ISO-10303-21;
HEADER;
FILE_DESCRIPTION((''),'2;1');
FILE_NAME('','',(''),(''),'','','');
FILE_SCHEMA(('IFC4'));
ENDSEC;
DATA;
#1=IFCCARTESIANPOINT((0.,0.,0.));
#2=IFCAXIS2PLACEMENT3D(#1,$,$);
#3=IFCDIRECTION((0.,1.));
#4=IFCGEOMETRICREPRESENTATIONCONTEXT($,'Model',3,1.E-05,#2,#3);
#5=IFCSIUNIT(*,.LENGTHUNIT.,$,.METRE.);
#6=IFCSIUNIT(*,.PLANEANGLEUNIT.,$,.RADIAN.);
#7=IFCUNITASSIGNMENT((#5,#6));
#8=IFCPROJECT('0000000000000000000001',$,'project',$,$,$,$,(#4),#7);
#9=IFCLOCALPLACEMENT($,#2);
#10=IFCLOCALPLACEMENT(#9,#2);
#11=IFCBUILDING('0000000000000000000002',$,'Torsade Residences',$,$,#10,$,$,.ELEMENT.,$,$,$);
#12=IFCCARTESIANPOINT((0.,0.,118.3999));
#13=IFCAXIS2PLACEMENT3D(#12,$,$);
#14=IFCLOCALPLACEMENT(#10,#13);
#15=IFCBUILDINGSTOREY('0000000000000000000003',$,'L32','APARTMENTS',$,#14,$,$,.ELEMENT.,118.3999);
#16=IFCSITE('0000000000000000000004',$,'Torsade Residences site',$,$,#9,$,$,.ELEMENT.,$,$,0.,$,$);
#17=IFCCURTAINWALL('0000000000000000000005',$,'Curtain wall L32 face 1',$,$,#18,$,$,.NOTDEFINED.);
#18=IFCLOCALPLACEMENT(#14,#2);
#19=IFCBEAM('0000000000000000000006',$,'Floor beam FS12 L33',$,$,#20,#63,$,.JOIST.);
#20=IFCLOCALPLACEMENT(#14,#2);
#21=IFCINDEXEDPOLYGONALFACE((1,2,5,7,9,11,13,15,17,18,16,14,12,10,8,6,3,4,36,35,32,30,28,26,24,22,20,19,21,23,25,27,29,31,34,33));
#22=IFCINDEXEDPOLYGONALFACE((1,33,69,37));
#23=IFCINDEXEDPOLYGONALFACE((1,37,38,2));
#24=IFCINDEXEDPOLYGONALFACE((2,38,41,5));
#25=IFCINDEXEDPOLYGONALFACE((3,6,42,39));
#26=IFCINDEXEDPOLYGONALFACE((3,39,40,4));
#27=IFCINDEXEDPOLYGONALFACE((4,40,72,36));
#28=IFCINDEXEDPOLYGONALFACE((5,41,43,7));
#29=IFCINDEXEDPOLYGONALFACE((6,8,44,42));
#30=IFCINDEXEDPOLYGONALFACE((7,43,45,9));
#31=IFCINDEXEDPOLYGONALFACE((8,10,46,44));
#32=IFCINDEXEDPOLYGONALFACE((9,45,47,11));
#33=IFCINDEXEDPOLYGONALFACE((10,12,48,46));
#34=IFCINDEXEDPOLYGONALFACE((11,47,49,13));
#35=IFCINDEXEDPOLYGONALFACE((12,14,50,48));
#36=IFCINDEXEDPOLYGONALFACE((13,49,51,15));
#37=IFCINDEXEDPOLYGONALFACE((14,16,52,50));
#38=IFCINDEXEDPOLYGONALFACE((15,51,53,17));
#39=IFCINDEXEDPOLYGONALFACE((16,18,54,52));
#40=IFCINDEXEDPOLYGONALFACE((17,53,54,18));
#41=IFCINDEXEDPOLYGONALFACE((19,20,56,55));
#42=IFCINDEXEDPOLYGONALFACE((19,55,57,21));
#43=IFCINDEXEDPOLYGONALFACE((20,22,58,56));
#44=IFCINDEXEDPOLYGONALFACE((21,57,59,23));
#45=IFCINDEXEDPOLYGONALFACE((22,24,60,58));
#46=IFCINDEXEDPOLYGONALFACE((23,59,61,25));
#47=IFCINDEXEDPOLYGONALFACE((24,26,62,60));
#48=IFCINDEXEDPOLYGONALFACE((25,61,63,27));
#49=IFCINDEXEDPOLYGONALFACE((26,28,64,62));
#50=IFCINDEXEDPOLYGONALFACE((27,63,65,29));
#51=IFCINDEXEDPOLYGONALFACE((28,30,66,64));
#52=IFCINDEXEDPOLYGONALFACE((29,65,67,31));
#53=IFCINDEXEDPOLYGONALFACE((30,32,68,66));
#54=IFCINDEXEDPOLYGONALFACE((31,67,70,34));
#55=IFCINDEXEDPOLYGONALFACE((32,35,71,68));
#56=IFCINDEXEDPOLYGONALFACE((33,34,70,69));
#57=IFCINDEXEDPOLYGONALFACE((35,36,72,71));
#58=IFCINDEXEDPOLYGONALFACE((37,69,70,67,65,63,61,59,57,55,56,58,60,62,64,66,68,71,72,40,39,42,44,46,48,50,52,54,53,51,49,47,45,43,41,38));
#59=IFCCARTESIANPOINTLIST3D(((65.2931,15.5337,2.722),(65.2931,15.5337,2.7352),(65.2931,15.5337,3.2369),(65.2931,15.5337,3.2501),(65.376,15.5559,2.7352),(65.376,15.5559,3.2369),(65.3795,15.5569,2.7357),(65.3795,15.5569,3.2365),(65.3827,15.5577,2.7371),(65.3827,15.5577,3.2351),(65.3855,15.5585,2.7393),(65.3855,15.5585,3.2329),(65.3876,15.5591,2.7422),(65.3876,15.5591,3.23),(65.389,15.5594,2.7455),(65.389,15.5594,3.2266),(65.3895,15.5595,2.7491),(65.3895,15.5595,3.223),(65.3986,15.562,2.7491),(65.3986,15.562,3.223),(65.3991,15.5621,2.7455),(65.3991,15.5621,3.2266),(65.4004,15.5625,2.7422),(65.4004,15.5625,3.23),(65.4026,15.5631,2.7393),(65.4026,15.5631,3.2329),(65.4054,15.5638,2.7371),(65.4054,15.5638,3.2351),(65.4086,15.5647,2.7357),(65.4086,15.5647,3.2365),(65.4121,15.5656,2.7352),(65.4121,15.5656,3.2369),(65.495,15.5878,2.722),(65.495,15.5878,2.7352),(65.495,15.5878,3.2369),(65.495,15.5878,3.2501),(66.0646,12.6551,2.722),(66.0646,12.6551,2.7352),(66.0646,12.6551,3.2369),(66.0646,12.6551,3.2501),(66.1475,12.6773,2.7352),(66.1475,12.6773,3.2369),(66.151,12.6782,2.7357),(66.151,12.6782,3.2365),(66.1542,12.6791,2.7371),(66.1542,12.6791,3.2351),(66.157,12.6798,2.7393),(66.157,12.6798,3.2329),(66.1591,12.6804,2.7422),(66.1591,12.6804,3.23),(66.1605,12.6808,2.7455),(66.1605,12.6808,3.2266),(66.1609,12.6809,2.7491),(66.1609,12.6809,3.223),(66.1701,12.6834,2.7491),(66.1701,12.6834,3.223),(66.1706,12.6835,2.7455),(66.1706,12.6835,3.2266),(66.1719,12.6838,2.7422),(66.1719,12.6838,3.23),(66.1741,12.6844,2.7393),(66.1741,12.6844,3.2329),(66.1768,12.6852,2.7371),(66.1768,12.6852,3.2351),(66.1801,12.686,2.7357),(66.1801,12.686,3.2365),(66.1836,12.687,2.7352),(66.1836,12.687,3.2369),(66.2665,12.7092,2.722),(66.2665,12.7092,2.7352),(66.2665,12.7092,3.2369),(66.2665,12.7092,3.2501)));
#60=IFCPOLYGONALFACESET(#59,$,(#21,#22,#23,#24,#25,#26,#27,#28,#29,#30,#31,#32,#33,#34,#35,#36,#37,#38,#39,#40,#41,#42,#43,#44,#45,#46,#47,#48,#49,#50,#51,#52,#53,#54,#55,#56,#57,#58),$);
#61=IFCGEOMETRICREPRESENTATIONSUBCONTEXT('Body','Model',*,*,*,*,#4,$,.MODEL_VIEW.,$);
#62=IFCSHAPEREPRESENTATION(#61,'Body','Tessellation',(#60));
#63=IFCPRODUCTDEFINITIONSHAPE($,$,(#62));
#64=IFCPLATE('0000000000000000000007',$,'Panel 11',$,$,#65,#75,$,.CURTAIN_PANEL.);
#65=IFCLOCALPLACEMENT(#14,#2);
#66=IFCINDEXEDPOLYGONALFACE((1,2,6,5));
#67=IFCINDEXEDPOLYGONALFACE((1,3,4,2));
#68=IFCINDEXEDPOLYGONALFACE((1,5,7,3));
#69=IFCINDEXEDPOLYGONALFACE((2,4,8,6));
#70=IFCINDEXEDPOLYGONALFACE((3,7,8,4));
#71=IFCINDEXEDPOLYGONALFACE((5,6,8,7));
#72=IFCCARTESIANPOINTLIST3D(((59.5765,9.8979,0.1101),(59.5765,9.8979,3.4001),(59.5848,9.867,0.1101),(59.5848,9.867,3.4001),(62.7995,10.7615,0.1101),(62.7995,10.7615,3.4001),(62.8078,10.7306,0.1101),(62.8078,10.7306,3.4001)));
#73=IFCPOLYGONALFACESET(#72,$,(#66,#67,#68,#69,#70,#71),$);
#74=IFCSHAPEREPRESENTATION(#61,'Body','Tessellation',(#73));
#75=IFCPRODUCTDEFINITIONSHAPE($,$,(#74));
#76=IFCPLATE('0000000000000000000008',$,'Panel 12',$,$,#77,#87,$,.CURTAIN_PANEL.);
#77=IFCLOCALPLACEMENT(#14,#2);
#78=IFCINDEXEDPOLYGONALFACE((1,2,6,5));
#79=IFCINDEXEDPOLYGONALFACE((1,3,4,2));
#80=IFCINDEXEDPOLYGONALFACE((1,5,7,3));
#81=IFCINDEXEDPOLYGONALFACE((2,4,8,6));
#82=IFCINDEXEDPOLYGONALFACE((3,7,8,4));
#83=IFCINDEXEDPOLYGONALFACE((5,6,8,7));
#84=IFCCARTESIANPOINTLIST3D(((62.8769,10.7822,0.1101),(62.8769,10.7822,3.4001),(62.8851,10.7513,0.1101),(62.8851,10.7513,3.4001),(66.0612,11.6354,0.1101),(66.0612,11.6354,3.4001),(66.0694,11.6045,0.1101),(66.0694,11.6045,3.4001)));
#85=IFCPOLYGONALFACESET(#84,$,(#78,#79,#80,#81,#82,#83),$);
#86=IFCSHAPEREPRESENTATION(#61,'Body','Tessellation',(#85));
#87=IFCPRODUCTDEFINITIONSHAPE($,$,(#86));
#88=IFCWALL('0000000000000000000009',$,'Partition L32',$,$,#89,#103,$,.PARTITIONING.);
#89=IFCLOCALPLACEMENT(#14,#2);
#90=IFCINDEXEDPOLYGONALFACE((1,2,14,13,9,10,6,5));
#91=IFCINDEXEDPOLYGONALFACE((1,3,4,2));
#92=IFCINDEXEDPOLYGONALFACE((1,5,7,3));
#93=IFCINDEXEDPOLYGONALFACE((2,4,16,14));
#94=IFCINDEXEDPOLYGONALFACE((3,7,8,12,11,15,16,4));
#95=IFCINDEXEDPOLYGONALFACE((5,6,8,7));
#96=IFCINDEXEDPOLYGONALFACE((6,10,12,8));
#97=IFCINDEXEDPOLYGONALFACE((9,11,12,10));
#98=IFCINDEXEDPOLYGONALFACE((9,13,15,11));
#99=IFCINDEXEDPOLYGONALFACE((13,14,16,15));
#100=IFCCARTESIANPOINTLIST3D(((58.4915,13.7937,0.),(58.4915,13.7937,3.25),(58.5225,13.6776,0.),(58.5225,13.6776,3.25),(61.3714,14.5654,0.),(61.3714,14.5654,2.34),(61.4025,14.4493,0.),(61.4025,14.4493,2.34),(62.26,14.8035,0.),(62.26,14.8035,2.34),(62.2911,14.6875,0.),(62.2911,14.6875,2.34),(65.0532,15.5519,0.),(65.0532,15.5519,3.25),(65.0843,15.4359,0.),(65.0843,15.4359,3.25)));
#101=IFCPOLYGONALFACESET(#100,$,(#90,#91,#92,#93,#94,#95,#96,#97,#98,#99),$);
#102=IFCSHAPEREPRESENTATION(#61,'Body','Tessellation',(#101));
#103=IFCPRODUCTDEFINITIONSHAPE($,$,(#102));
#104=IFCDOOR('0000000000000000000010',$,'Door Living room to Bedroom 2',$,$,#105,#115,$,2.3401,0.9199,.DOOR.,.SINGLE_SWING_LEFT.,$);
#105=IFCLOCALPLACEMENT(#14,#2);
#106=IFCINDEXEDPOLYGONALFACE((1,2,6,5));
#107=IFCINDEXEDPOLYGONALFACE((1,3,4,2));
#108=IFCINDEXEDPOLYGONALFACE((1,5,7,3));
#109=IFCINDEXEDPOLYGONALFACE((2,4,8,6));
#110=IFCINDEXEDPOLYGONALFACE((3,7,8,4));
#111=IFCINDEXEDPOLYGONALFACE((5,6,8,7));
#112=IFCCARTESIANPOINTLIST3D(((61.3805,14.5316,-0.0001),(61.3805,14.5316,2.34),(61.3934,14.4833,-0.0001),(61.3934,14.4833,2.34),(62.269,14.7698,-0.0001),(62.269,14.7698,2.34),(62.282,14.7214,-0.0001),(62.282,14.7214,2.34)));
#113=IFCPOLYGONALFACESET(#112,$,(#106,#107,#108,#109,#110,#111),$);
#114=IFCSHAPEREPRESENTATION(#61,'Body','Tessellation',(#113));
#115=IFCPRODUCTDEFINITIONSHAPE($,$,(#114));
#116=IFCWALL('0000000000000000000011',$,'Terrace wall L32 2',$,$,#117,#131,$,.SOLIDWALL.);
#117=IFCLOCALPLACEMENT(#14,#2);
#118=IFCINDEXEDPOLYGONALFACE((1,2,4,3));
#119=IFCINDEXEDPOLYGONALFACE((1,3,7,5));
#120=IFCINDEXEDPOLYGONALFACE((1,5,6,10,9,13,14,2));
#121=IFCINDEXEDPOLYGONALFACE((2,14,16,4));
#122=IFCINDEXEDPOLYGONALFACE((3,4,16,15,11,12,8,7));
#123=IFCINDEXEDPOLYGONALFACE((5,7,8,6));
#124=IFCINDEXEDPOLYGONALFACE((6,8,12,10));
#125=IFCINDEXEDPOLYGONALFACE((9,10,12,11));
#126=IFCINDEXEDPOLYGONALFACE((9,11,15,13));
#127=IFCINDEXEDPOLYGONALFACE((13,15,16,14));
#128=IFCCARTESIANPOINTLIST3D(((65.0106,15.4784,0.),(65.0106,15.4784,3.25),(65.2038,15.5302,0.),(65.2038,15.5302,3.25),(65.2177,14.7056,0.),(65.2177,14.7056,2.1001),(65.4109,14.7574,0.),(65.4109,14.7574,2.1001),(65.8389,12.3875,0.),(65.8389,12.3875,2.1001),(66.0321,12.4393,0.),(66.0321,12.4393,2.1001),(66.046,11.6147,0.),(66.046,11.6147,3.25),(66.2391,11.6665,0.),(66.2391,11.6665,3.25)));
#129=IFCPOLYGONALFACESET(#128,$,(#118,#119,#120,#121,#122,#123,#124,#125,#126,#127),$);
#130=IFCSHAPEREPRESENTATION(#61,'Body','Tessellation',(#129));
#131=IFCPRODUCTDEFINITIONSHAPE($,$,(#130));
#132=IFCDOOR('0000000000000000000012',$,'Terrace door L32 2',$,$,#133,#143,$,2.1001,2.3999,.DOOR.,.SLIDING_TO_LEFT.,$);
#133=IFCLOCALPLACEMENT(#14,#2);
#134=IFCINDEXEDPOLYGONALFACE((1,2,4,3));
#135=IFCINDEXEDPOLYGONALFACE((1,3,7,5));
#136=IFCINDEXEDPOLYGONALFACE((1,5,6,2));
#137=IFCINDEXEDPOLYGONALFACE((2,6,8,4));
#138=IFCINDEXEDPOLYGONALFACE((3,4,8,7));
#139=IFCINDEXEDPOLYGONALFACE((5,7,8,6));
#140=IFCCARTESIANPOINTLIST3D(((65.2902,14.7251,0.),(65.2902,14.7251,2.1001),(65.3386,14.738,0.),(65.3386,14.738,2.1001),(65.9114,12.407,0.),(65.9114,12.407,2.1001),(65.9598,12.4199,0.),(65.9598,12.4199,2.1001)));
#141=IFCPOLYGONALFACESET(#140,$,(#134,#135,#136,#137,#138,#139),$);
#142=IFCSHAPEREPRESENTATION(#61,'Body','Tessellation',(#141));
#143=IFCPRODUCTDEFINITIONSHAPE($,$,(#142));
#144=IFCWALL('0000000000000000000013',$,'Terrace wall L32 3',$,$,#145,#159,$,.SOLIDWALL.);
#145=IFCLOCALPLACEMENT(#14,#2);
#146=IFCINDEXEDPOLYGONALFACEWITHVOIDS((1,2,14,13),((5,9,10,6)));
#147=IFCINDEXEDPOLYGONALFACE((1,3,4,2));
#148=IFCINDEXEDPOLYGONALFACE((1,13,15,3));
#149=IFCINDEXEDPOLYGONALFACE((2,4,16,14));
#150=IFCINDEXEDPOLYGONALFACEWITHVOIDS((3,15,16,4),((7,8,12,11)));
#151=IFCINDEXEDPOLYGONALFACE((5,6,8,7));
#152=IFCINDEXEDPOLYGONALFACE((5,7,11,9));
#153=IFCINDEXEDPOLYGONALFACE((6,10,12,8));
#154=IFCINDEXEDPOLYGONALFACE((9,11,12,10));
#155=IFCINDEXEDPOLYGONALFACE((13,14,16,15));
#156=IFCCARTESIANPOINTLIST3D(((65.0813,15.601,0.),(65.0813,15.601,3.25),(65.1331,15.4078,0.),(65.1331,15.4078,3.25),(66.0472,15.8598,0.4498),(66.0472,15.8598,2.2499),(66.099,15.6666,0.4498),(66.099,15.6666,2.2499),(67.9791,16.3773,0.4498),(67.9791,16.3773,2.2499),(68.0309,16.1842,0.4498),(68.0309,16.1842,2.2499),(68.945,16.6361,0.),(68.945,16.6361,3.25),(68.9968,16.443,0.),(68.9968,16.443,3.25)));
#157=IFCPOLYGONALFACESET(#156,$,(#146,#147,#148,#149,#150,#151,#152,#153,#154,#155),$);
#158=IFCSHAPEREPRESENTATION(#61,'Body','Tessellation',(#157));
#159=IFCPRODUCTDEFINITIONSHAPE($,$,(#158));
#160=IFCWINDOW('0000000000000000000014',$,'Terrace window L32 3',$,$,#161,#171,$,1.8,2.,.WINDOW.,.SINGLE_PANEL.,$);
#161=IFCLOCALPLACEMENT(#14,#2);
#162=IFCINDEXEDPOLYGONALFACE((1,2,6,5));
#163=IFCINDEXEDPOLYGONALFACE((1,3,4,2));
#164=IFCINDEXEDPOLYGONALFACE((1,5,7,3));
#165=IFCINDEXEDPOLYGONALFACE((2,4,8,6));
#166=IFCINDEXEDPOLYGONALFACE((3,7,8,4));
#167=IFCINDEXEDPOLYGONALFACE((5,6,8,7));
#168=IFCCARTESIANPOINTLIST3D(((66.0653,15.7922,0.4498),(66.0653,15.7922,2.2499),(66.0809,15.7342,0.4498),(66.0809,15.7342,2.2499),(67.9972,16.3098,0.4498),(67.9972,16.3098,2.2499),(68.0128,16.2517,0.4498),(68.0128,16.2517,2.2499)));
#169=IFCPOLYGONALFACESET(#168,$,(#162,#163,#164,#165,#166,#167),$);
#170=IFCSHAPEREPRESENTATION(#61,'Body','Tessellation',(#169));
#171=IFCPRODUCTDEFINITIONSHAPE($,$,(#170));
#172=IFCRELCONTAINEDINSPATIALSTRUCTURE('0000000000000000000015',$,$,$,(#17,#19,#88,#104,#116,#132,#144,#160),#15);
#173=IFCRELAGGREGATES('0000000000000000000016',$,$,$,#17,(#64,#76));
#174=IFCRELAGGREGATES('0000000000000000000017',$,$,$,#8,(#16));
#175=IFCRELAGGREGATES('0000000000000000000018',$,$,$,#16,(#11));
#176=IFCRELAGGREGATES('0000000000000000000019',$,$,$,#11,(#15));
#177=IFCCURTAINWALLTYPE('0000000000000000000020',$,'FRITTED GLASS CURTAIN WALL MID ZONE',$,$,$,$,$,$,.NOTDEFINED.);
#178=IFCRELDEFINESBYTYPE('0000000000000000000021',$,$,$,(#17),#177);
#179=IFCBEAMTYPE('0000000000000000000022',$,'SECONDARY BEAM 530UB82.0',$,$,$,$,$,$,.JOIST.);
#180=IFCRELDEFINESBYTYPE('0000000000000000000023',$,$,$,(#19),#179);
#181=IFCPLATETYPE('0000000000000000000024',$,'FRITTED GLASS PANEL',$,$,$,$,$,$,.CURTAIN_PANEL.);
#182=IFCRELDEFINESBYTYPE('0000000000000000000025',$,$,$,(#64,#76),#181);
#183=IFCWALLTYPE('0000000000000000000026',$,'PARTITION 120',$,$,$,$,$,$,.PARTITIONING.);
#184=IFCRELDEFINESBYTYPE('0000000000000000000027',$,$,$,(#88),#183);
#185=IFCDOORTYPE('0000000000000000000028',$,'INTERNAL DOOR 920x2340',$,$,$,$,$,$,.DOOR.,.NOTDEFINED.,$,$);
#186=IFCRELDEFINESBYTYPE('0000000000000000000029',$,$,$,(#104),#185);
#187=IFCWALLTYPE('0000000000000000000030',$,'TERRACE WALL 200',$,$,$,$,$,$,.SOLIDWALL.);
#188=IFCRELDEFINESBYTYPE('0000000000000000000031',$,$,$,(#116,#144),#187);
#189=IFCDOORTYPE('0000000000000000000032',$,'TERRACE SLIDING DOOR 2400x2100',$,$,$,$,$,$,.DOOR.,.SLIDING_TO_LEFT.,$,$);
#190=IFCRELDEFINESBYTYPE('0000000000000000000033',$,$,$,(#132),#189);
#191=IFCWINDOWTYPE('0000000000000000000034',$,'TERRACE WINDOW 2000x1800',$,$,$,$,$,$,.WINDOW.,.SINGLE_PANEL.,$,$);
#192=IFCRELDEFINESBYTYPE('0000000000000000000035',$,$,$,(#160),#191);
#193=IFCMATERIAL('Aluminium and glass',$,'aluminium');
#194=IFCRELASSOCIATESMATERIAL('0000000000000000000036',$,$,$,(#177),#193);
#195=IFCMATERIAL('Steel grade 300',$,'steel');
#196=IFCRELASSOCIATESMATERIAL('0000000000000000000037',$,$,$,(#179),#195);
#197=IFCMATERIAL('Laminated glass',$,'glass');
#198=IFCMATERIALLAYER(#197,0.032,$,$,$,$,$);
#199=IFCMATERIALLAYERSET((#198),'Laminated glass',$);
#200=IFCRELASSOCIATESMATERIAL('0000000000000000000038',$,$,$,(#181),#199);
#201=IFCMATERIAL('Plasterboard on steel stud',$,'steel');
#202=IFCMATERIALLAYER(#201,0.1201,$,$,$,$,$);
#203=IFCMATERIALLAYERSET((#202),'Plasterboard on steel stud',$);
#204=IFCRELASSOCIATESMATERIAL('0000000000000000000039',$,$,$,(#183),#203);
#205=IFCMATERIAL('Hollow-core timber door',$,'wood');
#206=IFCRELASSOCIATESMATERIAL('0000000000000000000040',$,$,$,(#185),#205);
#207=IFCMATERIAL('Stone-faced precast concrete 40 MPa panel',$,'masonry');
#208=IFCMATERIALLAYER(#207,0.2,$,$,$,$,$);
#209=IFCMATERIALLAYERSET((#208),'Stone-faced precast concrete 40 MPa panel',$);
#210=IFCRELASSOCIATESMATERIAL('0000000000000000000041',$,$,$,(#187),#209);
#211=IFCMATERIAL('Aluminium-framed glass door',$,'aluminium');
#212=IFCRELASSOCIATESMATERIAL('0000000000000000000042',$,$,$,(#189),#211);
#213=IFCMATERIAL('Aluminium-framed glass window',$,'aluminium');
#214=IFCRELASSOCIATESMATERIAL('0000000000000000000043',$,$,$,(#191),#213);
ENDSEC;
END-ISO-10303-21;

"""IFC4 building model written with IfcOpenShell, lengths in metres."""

from ifc_helpers import new_model, si_unit, direction, frame, frame_2d, origin, origin_2d, place, context, subcontext, project, spatial, rectangle, i_section, extrude, material, layer, layer_set, material_profile, profile_set, type_object, element, fill, aggregate, save


model = new_model("IFC4")

# Units and contexts
model_context = context("Model", 3, precision=1e-05, world=origin(), true_north=direction((0.0, 1.0)))
body_context = subcontext(model_context, "Body", "Model", "MODEL_VIEW")
ifc_project = project(units=[si_unit("LENGTHUNIT", "METRE"), si_unit("PLANEANGLEUNIT", "RADIAN")], contexts=[model_context])

# Site, building, storey
site_placement = place(None, origin())
site = spatial("IfcSite", under=ifc_project, at=site_placement, Name="Torsade Residences site", CompositionType="ELEMENT", RefElevation=0.0)
building_placement = place(site_placement, origin())
building = spatial("IfcBuilding", under=site, at=building_placement, Name="Torsade Residences", CompositionType="ELEMENT")
storey_placement = place(building_placement, frame((0.0, 0.0, 118.3999)))
storey = spatial("IfcBuildingStorey", under=building, at=storey_placement, Name="L32", Description="APARTMENTS", CompositionType="ELEMENT", Elevation=118.3999)

# Curtain wall
ifc_material_1 = material(Name="Aluminium and glass", Category="aluminium")
curtain_wall_type = type_object("IfcCurtainWallType", Name="FRITTED GLASS CURTAIN WALL MID ZONE", PredefinedType="NOTDEFINED", material=ifc_material_1)
curtain_wall_placement = place(storey_placement, origin())
curtain_wall = element("IfcCurtainWall", 1, at=curtain_wall_placement, inside=storey, type_object=curtain_wall_type, Name="Curtain wall L32 face 1", PredefinedType="NOTDEFINED")

# Beam
ifc_material_2 = material(Name="Steel grade 300", Category="steel")
ifc_material_profile_1 = material_profile(ifc_material_2, i_section(OverallWidth=0.209, OverallDepth=0.5281, WebThickness=0.0095, FlangeThickness=0.0132, FilletRadius=0.0139, at=origin_2d()), Name="530UB82.0")
ifc_profile_set_1 = profile_set([ifc_material_profile_1], Name="Steel grade 300")
beam_type_1 = type_object("IfcBeamType", Name="SECONDARY BEAM 530UB82.0", PredefinedType="JOIST", material=ifc_profile_set_1)
beam_1_placement = place(storey_placement, frame((66.1655, 12.6821, 2.9861), z_axis=(-0.258866, 0.965913, 0.0), x_axis=(-0.965913, -0.258866, 0.0)))
element("IfcBeam", 2, at=beam_1_placement, inside=storey, type_object=beam_type_1, Name="Floor beam FS12 L33", PredefinedType="JOIST", context=body_context, shape_type="SweptSolid", body=[
    extrude(i_section(OverallWidth=0.209, OverallDepth=0.5281, WebThickness=0.0095, FlangeThickness=0.0132, FilletRadius=0.0139, at=origin_2d()), origin(), (0.0, 0.0, 1.0), 2.9802),
])

# Plates
ifc_material_3 = material(Name="Laminated glass", Category="glass")
ifc_layer_1 = layer(ifc_material_3, 0.032)
ifc_layer_set_1 = layer_set([ifc_layer_1], Name="Laminated glass")
plate_type = type_object("IfcPlateType", Name="FRITTED GLASS PANEL", PredefinedType="CURTAIN_PANEL", material=ifc_layer_set_1)
plate_1_placement = place(storey_placement, frame((61.1921, 10.3142, 0.1101), z_axis=(0.0, 0.0, 1.0), x_axis=(0.965926, 0.258819, 0.0)))
plate_1 = element("IfcPlate", 3, at=plate_1_placement, type_object=plate_type, Name="Panel 11", PredefinedType="CURTAIN_PANEL", context=body_context, shape_type="SweptSolid", body=[
    extrude(rectangle(XDim=3.3367, YDim=0.032, at=origin_2d()), origin(), (0.0, 0.0, 1.0), 3.29),
])
plate_2_placement = place(storey_placement, frame((64.4731, 11.1934, 0.1101), z_axis=(0.0, 0.0, 1.0), x_axis=(0.965926, 0.258819, 0.0)))
plate_2 = element("IfcPlate", 4, at=plate_2_placement, type_object=plate_type, Name="Panel 12", PredefinedType="CURTAIN_PANEL", context=body_context, shape_type="SweptSolid", body=[
    extrude(rectangle(XDim=3.2966, YDim=0.032, at=origin_2d()), origin(), (0.0, 0.0, 1.0), 3.29),
])
aggregate(curtain_wall, [plate_1, plate_2])

# Walls, openings, doors
ifc_material_4 = material(Name="Plasterboard on steel stud", Category="steel")
ifc_layer_2 = layer(ifc_material_4, 0.1201)
ifc_layer_set_2 = layer_set([ifc_layer_2], Name="Plasterboard on steel stud")
wall_type_1 = type_object("IfcWallType", Name="PARTITION 120", PredefinedType="PARTITIONING", material=ifc_layer_set_2)
wall_1_placement = place(storey_placement, frame((65.0686, 15.4939, 0.0), z_axis=(0.0, 0.0, 1.0), x_axis=(-0.965923, -0.25883, 0.0)))
wall_1 = element("IfcWall", 5, at=wall_1_placement, inside=storey, type_object=wall_type_1, Name="Partition L32", PredefinedType="PARTITIONING", context=body_context, shape_type="SweptSolid", body=[
    extrude(rectangle(XDim=6.7932, YDim=0.1201, at=frame_2d((3.3965, 0.0))), origin(), (0.0, 0.0, 1.0), 3.25),
])
opening_1_placement = place(wall_1_placement, frame((2.8916, 0.0, 0.0)))
opening_1 = element("IfcOpeningElement", 6, at=opening_1_placement, cuts=wall_1, PredefinedType="OPENING", context=body_context, shape_type="SweptSolid", body=[
    extrude(rectangle(XDim=0.9199, YDim=2.3401, at=frame_2d((0.46, 1.1699))), frame((0.0, 0.0701, 0.0), z_axis=(0.0, -1.0, 0.0), x_axis=(1.0, 0.0, 0.0)), (0.0, 0.0, 1.0), 0.1401),
])
ifc_material_5 = material(Name="Hollow-core timber door", Category="wood")
door_type_1 = type_object("IfcDoorType", Name="INTERNAL DOOR 920x2340", OperationType="NOTDEFINED", PredefinedType="DOOR", material=ifc_material_5)
door_1_placement = place(opening_1_placement, origin())
door_1 = element("IfcDoor", 7, at=door_1_placement, inside=storey, type_object=door_type_1, Name="Door Living room to Bedroom 2", OperationType="SINGLE_SWING_LEFT", OverallHeight=2.3401, OverallWidth=0.9199, PredefinedType="DOOR", context=body_context, shape_type="SweptSolid", body=[
    extrude(rectangle(XDim=0.9199, YDim=2.3401, at=frame_2d((0.46, 1.1699))), frame((0.0, 0.0249, 0.0), z_axis=(0.0, -1.0, 0.0), x_axis=(1.0, 0.0, 0.0)), (0.0, 0.0, 1.0), 0.05),
])
fill(opening_1, door_1)
ifc_material_6 = material(Name="Stone-faced precast concrete 40 MPa panel", Category="masonry")
ifc_layer_3 = layer(ifc_material_6, 0.2)
ifc_layer_set_3 = layer_set([ifc_layer_3], Name="Stone-faced precast concrete 40 MPa panel")
wall_type_2 = type_object("IfcWallType", Name="TERRACE WALL 200", PredefinedType="SOLIDWALL", material=ifc_layer_set_3)
wall_2_placement = place(storey_placement, frame((66.1426, 11.6406, 0.0), z_axis=(0.0, 0.0, 1.0), x_axis=(-0.258844, 0.965919, 0.0)))
wall_2 = element("IfcWall", 8, at=wall_2_placement, inside=storey, type_object=wall_type_2, Name="Terrace wall L32 2", PredefinedType="SOLIDWALL", context=body_context, shape_type="SweptSolid", body=[
    extrude(rectangle(XDim=4.0, YDim=0.2, at=frame_2d((2.0, 0.0))), origin(), (0.0, 0.0, 1.0), 3.25),
])
opening_2_placement = place(wall_2_placement, frame((0.8, 0.0, 0.0)))
opening_2 = element("IfcOpeningElement", 9, at=opening_2_placement, cuts=wall_2, PredefinedType="OPENING", context=body_context, shape_type="SweptSolid", body=[
    extrude(rectangle(XDim=2.3999, YDim=2.1001, at=frame_2d((1.2, 1.05))), frame((0.0, 0.1099, 0.0), z_axis=(0.0, -1.0, 0.0), x_axis=(1.0, 0.0, 0.0)), (0.0, 0.0, 1.0), 0.22),
])
ifc_material_7 = material(Name="Aluminium-framed glass door", Category="aluminium")
door_type_2 = type_object("IfcDoorType", Name="TERRACE SLIDING DOOR 2400x2100", OperationType="SLIDING_TO_LEFT", PredefinedType="DOOR", material=ifc_material_7)
door_2_placement = place(opening_2_placement, origin())
door_2 = element("IfcDoor", 10, at=door_2_placement, inside=storey, type_object=door_type_2, Name="Terrace door L32 2", OperationType="SLIDING_TO_LEFT", OverallHeight=2.1001, OverallWidth=2.3999, PredefinedType="DOOR", context=body_context, shape_type="SweptSolid", body=[
    extrude(rectangle(XDim=2.3999, YDim=2.1001, at=frame_2d((1.2, 1.05))), frame((0.0, 0.0249, 0.0), z_axis=(0.0, -1.0, 0.0), x_axis=(1.0, 0.0, 0.0)), (0.0, 0.0, 1.0), 0.05),
])
fill(opening_2, door_2)

# Wall, opening, window
wall_3_placement = place(storey_placement, frame((65.1072, 15.5044, 0.0), z_axis=(0.0, 0.0, 1.0), x_axis=(0.965934, 0.258787, 0.0)))
wall_3 = element("IfcWall", 11, at=wall_3_placement, inside=storey, type_object=wall_type_2, Name="Terrace wall L32 3", PredefinedType="SOLIDWALL", context=body_context, shape_type="SweptSolid", body=[
    extrude(rectangle(XDim=4.0, YDim=0.2, at=frame_2d((2.0, 0.0))), origin(), (0.0, 0.0, 1.0), 3.25),
])
opening_3_placement = place(wall_3_placement, frame((1.0, 0.0, 0.45)))
opening_3 = element("IfcOpeningElement", 12, at=opening_3_placement, cuts=wall_3, PredefinedType="OPENING", context=body_context, shape_type="SweptSolid", body=[
    extrude(rectangle(XDim=2.0, YDim=1.8, at=frame_2d((1.0, 0.8999))), frame((0.0, 0.1099, 0.0), z_axis=(0.0, -1.0, 0.0), x_axis=(1.0, 0.0, 0.0)), (0.0, 0.0, 1.0), 0.22),
])
ifc_material_8 = material(Name="Aluminium-framed glass window", Category="aluminium")
window_type = type_object("IfcWindowType", Name="TERRACE WINDOW 2000x1800", PartitioningType="SINGLE_PANEL", PredefinedType="WINDOW", material=ifc_material_8)
window_placement = place(opening_3_placement, origin())
window = element("IfcWindow", 13, at=window_placement, inside=storey, type_object=window_type, Name="Terrace window L32 3", OverallHeight=1.8, OverallWidth=2.0, PartitioningType="SINGLE_PANEL", PredefinedType="WINDOW", context=body_context, shape_type="SweptSolid", body=[
    extrude(rectangle(XDim=2.0, YDim=1.8, at=frame_2d((1.0, 0.8999))), frame((0.0, 0.03, 0.0), z_axis=(0.0, -1.0, 0.0), x_axis=(1.0, 0.0, 0.0)), (0.0, 0.0, 1.0), 0.0601),
])
fill(opening_3, window)

save(model, "model.ifc")
